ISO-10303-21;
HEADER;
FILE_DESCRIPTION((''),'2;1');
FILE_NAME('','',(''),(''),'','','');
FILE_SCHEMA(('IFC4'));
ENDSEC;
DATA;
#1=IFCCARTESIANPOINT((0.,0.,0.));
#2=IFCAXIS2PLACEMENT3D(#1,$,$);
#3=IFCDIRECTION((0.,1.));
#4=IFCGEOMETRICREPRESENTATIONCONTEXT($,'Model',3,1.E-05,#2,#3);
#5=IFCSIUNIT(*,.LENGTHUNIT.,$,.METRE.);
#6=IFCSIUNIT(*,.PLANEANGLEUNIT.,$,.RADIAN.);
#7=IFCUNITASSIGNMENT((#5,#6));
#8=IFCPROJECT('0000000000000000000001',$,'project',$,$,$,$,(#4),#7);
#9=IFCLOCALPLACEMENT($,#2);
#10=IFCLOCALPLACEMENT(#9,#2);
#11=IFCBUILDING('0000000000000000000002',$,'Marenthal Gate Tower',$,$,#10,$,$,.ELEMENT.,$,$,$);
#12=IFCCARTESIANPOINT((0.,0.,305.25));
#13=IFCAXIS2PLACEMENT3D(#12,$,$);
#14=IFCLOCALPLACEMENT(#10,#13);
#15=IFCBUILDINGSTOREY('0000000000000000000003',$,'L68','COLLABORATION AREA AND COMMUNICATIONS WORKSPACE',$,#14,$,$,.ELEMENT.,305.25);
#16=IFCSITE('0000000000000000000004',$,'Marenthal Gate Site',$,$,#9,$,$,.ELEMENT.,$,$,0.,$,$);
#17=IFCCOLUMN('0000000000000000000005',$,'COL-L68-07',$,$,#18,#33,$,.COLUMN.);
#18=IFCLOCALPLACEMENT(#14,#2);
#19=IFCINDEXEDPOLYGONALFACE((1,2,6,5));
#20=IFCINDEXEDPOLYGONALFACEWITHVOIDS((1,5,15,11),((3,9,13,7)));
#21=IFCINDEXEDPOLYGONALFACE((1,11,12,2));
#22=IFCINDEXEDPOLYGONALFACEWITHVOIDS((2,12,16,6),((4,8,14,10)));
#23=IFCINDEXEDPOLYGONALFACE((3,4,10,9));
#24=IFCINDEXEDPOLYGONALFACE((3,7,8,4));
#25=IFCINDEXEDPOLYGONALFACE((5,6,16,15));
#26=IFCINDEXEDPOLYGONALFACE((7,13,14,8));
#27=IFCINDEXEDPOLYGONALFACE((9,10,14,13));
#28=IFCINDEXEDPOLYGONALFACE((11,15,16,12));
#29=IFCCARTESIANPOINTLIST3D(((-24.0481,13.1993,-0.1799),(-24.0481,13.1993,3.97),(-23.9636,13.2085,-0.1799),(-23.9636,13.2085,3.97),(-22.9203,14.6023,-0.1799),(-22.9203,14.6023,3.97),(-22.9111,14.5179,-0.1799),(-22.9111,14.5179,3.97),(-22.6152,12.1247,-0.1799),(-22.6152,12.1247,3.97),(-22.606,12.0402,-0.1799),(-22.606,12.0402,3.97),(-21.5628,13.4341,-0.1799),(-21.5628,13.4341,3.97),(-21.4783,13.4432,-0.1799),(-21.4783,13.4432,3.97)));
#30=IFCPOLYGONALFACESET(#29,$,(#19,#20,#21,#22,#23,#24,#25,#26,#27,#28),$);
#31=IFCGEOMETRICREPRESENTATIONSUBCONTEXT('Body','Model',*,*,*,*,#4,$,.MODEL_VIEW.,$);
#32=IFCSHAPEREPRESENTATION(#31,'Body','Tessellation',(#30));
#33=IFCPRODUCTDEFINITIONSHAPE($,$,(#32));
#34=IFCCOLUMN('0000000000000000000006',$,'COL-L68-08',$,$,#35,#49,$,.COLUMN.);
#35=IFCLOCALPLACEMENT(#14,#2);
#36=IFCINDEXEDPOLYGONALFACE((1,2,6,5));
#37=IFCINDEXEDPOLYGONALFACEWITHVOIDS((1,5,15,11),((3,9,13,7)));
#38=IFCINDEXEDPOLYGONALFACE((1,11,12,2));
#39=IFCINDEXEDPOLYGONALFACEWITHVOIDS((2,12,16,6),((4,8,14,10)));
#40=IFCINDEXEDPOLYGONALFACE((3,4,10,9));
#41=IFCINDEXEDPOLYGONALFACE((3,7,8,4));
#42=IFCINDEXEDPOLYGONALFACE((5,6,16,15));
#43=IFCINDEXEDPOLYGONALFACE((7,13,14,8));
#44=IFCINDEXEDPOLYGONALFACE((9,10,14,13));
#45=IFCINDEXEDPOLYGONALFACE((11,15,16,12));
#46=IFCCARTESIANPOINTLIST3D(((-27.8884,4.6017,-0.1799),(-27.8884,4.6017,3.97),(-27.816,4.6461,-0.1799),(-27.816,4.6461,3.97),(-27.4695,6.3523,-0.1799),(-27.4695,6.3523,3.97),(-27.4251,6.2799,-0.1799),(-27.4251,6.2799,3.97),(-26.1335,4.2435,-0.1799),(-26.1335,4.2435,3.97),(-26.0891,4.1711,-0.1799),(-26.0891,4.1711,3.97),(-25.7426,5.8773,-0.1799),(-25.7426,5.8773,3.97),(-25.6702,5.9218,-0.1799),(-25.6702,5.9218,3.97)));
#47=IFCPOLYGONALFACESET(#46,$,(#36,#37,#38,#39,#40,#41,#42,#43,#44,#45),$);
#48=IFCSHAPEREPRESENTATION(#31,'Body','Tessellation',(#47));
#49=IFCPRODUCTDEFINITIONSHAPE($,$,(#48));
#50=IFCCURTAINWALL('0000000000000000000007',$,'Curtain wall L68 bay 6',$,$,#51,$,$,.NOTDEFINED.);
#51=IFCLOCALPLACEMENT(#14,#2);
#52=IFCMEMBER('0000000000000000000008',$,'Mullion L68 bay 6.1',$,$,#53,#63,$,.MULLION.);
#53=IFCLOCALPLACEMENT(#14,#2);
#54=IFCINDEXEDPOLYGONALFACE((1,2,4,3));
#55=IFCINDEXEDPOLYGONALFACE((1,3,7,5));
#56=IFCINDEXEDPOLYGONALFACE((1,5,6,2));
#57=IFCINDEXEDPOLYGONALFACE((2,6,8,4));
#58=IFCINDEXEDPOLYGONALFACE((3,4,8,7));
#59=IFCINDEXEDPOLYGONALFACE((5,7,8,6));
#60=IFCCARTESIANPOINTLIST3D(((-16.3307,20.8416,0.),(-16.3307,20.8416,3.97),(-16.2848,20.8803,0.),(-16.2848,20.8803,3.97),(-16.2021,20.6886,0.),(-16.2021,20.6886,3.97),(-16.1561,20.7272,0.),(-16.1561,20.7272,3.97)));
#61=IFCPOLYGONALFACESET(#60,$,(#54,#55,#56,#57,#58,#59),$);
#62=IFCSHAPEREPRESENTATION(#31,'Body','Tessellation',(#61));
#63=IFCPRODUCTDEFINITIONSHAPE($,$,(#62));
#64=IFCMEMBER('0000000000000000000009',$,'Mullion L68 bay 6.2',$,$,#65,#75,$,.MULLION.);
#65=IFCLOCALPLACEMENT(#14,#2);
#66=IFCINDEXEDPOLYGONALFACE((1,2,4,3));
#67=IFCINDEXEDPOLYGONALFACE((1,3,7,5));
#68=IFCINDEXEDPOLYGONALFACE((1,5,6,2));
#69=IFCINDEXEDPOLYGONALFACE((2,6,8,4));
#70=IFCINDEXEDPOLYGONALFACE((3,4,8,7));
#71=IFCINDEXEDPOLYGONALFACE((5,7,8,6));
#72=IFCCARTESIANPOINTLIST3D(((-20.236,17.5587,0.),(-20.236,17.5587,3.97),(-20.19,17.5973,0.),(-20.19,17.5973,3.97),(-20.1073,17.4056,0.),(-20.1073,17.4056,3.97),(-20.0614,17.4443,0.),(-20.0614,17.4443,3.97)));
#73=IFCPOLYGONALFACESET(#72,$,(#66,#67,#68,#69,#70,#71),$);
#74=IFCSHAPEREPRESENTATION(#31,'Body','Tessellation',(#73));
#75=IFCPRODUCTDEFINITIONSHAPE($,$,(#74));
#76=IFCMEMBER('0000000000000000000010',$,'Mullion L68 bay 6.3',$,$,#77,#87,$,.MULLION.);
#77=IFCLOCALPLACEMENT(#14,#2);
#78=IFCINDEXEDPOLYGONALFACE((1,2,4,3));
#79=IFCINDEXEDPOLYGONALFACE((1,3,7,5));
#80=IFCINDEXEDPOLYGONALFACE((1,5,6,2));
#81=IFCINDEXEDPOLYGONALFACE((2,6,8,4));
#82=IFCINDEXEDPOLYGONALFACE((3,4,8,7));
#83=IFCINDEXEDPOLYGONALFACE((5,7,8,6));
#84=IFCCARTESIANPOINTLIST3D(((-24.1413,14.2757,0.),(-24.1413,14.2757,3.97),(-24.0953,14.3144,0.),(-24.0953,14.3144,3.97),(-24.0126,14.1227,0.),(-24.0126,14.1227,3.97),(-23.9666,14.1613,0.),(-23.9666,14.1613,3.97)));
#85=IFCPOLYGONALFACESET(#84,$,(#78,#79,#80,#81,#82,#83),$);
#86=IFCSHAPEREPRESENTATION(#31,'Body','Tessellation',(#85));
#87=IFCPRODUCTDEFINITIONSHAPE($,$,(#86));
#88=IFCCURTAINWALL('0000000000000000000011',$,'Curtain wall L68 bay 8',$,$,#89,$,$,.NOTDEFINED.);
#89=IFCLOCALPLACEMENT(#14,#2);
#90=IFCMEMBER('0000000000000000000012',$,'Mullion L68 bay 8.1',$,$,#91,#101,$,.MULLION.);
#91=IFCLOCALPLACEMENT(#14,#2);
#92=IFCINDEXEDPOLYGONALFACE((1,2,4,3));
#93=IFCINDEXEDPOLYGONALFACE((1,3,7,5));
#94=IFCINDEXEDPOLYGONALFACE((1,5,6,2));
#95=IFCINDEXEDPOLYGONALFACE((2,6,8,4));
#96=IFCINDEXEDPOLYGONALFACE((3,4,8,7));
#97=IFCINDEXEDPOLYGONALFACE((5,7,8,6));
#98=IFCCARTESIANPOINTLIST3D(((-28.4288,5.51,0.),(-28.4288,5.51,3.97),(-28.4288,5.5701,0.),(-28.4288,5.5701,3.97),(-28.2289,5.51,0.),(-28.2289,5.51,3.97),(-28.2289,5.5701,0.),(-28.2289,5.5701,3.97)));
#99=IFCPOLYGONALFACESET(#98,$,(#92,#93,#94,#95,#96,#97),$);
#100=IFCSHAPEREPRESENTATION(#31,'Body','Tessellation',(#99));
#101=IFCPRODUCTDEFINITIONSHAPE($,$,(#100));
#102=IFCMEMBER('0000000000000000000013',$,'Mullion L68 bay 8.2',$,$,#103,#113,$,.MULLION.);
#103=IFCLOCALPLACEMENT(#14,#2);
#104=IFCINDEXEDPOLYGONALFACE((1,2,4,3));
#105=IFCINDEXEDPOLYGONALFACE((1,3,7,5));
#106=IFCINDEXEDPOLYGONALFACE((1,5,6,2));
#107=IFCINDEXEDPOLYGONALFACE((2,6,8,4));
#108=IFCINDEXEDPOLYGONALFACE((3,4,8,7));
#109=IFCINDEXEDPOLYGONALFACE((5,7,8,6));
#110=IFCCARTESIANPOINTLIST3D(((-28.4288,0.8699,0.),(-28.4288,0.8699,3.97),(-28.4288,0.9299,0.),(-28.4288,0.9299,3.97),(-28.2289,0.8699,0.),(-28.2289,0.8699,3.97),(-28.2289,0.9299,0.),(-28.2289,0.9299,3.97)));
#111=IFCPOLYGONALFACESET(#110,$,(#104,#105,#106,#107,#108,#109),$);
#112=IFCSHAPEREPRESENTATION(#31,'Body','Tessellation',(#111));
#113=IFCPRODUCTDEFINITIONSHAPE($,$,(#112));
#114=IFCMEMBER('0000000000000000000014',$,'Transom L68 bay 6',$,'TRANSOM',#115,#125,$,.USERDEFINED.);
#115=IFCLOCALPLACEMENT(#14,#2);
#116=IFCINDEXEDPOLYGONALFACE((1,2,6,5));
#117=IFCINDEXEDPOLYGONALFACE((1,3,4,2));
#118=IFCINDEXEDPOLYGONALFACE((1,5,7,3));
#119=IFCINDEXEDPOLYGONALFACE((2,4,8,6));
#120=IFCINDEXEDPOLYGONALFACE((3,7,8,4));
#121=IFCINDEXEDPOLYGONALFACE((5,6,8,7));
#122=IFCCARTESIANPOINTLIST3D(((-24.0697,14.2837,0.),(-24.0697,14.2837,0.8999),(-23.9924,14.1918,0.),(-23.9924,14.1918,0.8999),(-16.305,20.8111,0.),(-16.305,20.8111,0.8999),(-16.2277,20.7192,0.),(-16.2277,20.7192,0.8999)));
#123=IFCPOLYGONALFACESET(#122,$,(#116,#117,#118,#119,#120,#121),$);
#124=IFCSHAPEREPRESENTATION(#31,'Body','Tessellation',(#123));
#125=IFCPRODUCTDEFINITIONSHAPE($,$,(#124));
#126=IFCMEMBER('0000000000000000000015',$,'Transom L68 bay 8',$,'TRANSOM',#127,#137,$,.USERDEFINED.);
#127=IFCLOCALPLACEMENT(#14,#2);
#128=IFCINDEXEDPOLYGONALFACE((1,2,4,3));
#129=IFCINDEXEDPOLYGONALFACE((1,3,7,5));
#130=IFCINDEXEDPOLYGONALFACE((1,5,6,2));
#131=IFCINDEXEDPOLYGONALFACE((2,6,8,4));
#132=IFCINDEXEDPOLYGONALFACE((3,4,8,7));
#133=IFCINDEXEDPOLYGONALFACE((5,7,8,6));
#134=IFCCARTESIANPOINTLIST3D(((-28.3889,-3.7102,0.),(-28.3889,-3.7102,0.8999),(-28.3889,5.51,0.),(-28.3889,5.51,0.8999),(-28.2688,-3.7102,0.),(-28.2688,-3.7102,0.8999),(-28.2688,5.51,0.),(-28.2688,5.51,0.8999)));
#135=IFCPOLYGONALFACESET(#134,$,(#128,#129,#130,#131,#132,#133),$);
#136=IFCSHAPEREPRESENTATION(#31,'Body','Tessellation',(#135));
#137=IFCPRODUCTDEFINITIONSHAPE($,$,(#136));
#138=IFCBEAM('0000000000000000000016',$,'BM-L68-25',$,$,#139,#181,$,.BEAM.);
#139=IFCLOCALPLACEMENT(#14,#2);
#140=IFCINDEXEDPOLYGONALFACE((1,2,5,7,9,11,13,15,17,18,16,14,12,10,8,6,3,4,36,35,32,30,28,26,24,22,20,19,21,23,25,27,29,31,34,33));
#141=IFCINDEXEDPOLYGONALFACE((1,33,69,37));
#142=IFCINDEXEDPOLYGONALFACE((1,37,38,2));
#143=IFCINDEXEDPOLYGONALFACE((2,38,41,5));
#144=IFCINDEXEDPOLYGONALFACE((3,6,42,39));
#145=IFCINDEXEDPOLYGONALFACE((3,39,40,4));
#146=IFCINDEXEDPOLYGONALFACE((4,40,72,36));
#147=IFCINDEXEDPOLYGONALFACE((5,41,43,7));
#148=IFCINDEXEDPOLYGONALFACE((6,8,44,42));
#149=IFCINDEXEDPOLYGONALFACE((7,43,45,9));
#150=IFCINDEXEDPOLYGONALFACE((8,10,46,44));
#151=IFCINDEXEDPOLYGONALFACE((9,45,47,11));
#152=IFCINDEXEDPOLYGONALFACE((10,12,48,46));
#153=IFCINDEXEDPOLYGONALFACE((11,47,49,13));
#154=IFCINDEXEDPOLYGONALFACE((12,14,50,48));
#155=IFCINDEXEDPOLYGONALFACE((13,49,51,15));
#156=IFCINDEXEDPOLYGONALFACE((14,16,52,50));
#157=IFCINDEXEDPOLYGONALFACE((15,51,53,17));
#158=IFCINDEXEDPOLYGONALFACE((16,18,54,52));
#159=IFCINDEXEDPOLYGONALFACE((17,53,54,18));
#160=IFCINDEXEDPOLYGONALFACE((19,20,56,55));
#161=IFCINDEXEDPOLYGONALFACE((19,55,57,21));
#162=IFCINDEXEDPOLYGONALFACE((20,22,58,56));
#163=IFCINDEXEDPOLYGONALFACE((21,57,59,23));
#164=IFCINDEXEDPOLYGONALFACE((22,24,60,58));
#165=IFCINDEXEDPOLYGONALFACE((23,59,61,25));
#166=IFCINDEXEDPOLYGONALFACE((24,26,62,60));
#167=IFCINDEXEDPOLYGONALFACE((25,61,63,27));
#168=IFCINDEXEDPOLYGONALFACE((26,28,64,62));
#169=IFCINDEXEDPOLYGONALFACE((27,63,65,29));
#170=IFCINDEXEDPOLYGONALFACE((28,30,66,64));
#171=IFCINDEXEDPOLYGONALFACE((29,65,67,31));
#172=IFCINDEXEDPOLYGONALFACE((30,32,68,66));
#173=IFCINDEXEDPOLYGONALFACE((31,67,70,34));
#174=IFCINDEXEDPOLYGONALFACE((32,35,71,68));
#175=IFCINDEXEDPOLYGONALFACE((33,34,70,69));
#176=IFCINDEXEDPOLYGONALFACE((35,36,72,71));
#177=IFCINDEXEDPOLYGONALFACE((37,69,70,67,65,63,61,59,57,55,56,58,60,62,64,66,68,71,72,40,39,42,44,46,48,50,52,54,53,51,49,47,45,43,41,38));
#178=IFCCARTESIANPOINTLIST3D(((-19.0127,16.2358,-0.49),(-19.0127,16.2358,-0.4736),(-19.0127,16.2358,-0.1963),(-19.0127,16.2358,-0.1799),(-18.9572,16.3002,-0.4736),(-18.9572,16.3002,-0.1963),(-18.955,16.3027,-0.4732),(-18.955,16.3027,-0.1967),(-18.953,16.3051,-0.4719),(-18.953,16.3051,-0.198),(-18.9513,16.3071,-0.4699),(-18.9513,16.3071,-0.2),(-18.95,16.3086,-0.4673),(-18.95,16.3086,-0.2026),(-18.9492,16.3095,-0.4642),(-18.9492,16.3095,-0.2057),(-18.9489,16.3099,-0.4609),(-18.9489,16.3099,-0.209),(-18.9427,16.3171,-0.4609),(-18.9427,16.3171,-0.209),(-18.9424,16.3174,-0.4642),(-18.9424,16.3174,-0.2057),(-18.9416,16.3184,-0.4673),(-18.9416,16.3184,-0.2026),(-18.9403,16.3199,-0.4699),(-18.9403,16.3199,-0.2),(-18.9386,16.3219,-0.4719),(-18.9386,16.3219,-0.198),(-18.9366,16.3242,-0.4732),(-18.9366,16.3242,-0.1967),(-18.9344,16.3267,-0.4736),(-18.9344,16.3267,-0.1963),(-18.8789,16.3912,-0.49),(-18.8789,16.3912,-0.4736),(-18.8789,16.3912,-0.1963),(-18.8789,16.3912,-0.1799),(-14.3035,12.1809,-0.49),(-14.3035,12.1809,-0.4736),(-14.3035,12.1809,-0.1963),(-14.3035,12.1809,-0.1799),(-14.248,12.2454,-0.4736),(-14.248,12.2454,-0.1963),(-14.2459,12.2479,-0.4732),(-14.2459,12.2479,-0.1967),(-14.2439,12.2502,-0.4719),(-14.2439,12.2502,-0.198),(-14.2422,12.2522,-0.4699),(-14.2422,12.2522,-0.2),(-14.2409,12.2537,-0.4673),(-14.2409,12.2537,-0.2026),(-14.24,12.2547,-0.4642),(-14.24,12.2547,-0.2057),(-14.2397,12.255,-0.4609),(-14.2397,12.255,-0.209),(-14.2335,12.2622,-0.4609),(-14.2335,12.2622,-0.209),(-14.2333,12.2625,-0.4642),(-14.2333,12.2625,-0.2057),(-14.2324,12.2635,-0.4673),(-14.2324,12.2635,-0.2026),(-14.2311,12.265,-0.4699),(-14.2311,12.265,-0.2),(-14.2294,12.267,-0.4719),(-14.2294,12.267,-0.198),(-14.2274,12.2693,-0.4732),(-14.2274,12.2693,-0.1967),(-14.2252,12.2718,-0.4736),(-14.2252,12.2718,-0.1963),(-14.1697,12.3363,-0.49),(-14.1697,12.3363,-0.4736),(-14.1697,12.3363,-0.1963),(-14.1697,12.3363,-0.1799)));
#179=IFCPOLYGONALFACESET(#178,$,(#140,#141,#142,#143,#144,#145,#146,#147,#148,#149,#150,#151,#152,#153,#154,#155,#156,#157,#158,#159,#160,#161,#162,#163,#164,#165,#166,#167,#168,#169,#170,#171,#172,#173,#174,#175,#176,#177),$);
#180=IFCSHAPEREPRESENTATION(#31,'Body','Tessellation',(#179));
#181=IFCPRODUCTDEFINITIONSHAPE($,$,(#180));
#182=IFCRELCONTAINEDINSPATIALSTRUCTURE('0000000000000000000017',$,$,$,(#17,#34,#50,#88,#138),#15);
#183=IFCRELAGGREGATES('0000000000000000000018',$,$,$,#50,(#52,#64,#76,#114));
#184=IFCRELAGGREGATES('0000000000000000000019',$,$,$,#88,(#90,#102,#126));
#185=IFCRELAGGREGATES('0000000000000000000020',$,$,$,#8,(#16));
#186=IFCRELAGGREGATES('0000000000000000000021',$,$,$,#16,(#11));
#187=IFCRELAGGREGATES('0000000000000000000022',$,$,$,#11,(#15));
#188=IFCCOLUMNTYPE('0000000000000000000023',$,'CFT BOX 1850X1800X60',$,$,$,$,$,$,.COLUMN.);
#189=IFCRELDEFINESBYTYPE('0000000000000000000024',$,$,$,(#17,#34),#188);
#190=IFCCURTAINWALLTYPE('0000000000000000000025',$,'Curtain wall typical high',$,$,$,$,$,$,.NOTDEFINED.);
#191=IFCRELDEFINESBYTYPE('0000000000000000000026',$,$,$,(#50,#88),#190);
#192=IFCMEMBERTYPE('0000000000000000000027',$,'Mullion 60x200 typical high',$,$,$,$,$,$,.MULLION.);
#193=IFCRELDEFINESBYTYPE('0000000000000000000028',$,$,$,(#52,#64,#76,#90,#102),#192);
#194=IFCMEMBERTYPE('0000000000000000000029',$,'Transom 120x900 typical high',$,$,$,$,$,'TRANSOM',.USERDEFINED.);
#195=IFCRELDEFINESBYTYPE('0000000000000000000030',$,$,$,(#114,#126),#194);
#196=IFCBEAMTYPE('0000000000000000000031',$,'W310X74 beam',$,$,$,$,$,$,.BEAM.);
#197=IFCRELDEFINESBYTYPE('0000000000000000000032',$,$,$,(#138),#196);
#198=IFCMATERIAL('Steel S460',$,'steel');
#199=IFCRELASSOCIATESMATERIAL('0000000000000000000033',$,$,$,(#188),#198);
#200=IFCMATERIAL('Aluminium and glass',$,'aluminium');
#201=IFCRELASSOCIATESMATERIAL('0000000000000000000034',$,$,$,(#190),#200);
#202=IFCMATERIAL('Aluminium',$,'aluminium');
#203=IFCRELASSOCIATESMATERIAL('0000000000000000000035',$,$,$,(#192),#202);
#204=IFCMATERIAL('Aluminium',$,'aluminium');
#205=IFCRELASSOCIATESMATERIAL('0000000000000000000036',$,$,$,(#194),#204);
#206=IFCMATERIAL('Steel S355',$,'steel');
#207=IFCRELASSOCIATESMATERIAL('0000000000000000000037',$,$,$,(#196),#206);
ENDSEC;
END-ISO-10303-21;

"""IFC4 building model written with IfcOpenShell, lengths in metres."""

from ifc_helpers import new_model, si_unit, direction, frame, origin, origin_2d, place, context, subcontext, project, spatial, rectangle, hollow_rectangle, i_section, extrude, material, material_profile, profile_set, type_object, element, aggregate, save


model = new_model("IFC4")

# Units and contexts
model_context = context("Model", 3, precision=1e-05, world=origin(), true_north=direction((0.0, 1.0)))
body_context = subcontext(model_context, "Body", "Model", "MODEL_VIEW")
ifc_project = project(units=[si_unit("LENGTHUNIT", "METRE"), si_unit("PLANEANGLEUNIT", "RADIAN")], contexts=[model_context])

# Site, building, storey
site_placement = place(None, origin())
site = spatial("IfcSite", under=ifc_project, at=site_placement, Name="Marenthal Gate Site", CompositionType="ELEMENT", RefElevation=0.0)
building_placement = place(site_placement, origin())
building = spatial("IfcBuilding", under=site, at=building_placement, Name="Marenthal Gate Tower", CompositionType="ELEMENT")
storey_placement = place(building_placement, frame((0.0, 0.0, 305.25)))
storey = spatial("IfcBuildingStorey", under=building, at=storey_placement, Name="L68", Description="COLLABORATION AREA AND COMMUNICATIONS WORKSPACE", CompositionType="ELEMENT", Elevation=305.25)

# Columns
ifc_material_1 = material(Name="Steel S460", Category="steel")
ifc_material_profile_1 = material_profile(ifc_material_1, hollow_rectangle(XDim=1.8, YDim=1.8501, WallThickness=0.0601, at=origin_2d()), Name="CFT BOX 1850X1800X60")
ifc_material_2 = material(Name="Concrete 70 MPa", Category="concrete")
ifc_material_profile_2 = material_profile(ifc_material_2, rectangle(XDim=1.6799, YDim=1.73, at=origin_2d()), Name="CFT BOX 1850X1800X60 INFILL")
ifc_profile_set_1 = profile_set([ifc_material_profile_1, ifc_material_profile_2], Name="Steel S460 shell, Concrete 70 MPa infill")
column_type = type_object("IfcColumnType", Name="CFT BOX 1850X1800X60", PredefinedType="COLUMN", material=ifc_profile_set_1)
for number, where, z_axis, x_axis, name in (
    (1, (-22.7632, 13.3213, -0.1799), (0.0, 0.0, 1.0), (0.626499, 0.779422, 0.0), "COL-L68-07"),
    (2, (-26.7793, 5.2617, -0.1799), (0.0, 0.0, 1.0), (0.232716, 0.972545, 0.0), "COL-L68-08"),
):
    element("IfcColumn", number, at=place(storey_placement, frame(where, z_axis=z_axis, x_axis=x_axis)), inside=storey, type_object=column_type, Name=name, PredefinedType="COLUMN", context=body_context, shape_type="SweptSolid", body=[
        extrude(hollow_rectangle(XDim=1.8, YDim=1.8501, WallThickness=0.0601, at=origin_2d()), origin(), (0.0, 0.0, 1.0), 4.1499),
    ])

# Curtain walls, members
ifc_material_3 = material(Name="Aluminium and glass", Category="aluminium")
curtain_wall_type = type_object("IfcCurtainWallType", Name="Curtain wall typical high", PredefinedType="NOTDEFINED", material=ifc_material_3)
curtain_wall_1_placement = place(storey_placement, origin())
curtain_wall_1 = element("IfcCurtainWall", 3, at=curtain_wall_1_placement, inside=storey, type_object=curtain_wall_type, Name="Curtain wall L68 bay 6", PredefinedType="NOTDEFINED")
ifc_material_4 = material(Name="Aluminium", Category="aluminium")
ifc_material_profile_3 = material_profile(ifc_material_4, rectangle(XDim=0.2, YDim=0.0601, at=origin_2d()), Name="60x200 aluminium mullion")
ifc_profile_set_2 = profile_set([ifc_material_profile_3], Name="Aluminium")
member_type_1 = type_object("IfcMemberType", Name="Mullion 60x200 typical high", PredefinedType="MULLION", material=ifc_profile_set_2)
member_1_placement = place(storey_placement, frame((-16.2434, 20.7844, 0.0), z_axis=(0.0, 0.0, 1.0), x_axis=(0.64348, -0.765463, 0.0)))
member_1 = element("IfcMember", 4, at=member_1_placement, type_object=member_type_1, Name="Mullion L68 bay 6.1", PredefinedType="MULLION", context=body_context, shape_type="SweptSolid", body=[
    extrude(rectangle(XDim=0.2, YDim=0.0601, at=origin_2d()), origin(), (0.0, 0.0, 1.0), 3.97),
])
member_2_placement = place(storey_placement, frame((-20.1487, 17.5015, 0.0), z_axis=(0.0, 0.0, 1.0), x_axis=(0.64348, -0.765463, 0.0)))
member_2 = element("IfcMember", 5, at=member_2_placement, type_object=member_type_1, Name="Mullion L68 bay 6.2", PredefinedType="MULLION", context=body_context, shape_type="SweptSolid", body=[
    extrude(rectangle(XDim=0.2, YDim=0.0601, at=origin_2d()), origin(), (0.0, 0.0, 1.0), 3.97),
])
member_3_placement = place(storey_placement, frame((-24.054, 14.2185, 0.0), z_axis=(0.0, 0.0, 1.0), x_axis=(0.64348, -0.765463, 0.0)))
member_3 = element("IfcMember", 6, at=member_3_placement, type_object=member_type_1, Name="Mullion L68 bay 6.3", PredefinedType="MULLION", context=body_context, shape_type="SweptSolid", body=[
    extrude(rectangle(XDim=0.2, YDim=0.0601, at=origin_2d()), origin(), (0.0, 0.0, 1.0), 3.97),
])
curtain_wall_2_placement = place(storey_placement, origin())
curtain_wall_2 = element("IfcCurtainWall", 7, at=curtain_wall_2_placement, inside=storey, type_object=curtain_wall_type, Name="Curtain wall L68 bay 8", PredefinedType="NOTDEFINED")
member_4_placement = place(storey_placement, frame((-28.3289, 5.54, 0.0), z_axis=(0.0, 0.0, 1.0), x_axis=(1.0, 0.0, 0.0)))
member_4 = element("IfcMember", 8, at=member_4_placement, type_object=member_type_1, Name="Mullion L68 bay 8.1", PredefinedType="MULLION", context=body_context, shape_type="SweptSolid", body=[
    extrude(rectangle(XDim=0.2, YDim=0.0601, at=origin_2d()), origin(), (0.0, 0.0, 1.0), 3.97),
])
member_5_placement = place(storey_placement, frame((-28.3289, 0.8999, 0.0), z_axis=(0.0, 0.0, 1.0), x_axis=(1.0, 0.0, 0.0)))
member_5 = element("IfcMember", 9, at=member_5_placement, type_object=member_type_1, Name="Mullion L68 bay 8.2", PredefinedType="MULLION", context=body_context, shape_type="SweptSolid", body=[
    extrude(rectangle(XDim=0.2, YDim=0.0601, at=origin_2d()), origin(), (0.0, 0.0, 1.0), 3.97),
])

# Members
ifc_material_5 = material(Name="Aluminium", Category="aluminium")
ifc_material_profile_4 = material_profile(ifc_material_5, rectangle(XDim=0.1201, YDim=0.8999, at=origin_2d()), Name="120x900 aluminium transom")
ifc_profile_set_3 = profile_set([ifc_material_profile_4], Name="Aluminium")
member_type_2 = type_object("IfcMemberType", Name="Transom 120x900 typical high", ElementType="TRANSOM", PredefinedType="USERDEFINED", material=ifc_profile_set_3)
member_6_placement = place(storey_placement, frame((-16.2664, 20.7651, 0.45), z_axis=(-0.76546, -0.643483, 0.0), x_axis=(0.643483, -0.76546, 0.0)))
member_6 = element("IfcMember", 10, at=member_6_placement, type_object=member_type_2, Name="Transom L68 bay 6", ObjectType="TRANSOM", PredefinedType="USERDEFINED", context=body_context, shape_type="SweptSolid", body=[
    extrude(rectangle(XDim=0.1201, YDim=0.8999, at=origin_2d()), origin(), (0.0, 0.0, 1.0), 10.1438),
])
member_7_placement = place(storey_placement, frame((-28.3289, 5.51, 0.45), z_axis=(0.0, -1.0, 0.0), x_axis=(1.0, 0.0, 0.0)))
member_7 = element("IfcMember", 11, at=member_7_placement, type_object=member_type_2, Name="Transom L68 bay 8", ObjectType="TRANSOM", PredefinedType="USERDEFINED", context=body_context, shape_type="SweptSolid", body=[
    extrude(rectangle(XDim=0.1201, YDim=0.8999, at=origin_2d()), origin(), (0.0, 0.0, 1.0), 9.2202),
])

# Beam
ifc_material_6 = material(Name="Steel S355", Category="steel")
ifc_material_profile_5 = material_profile(ifc_material_6, i_section(OverallWidth=0.2051, OverallDepth=0.3101, WebThickness=0.0095, FlangeThickness=0.0164, FilletRadius=0.0127, at=origin_2d()), Name="W310X74")
ifc_profile_set_4 = profile_set([ifc_material_profile_5], Name="Steel S355")
beam_type_1 = type_object("IfcBeamType", Name="W310X74 beam", PredefinedType="BEAM", material=ifc_profile_set_4)
beam_1_placement = place(storey_placement, frame((-18.9458, 16.3135, -0.335), z_axis=(0.757788, -0.652501, 0.0), x_axis=(0.652501, 0.757788, 0.0)))
element("IfcBeam", 12, at=beam_1_placement, inside=storey, type_object=beam_type_1, Name="BM-L68-25", PredefinedType="BEAM", context=body_context, shape_type="SweptSolid", body=[
    extrude(i_section(OverallWidth=0.2051, OverallDepth=0.3101, WebThickness=0.0095, FlangeThickness=0.0164, FilletRadius=0.0127, at=origin_2d()), origin(), (0.0, 0.0, 1.0), 6.2144),
])

aggregate(curtain_wall_1, [member_1, member_2, member_3, member_6])
aggregate(curtain_wall_2, [member_4, member_5, member_7])

save(model, "model.ifc")
